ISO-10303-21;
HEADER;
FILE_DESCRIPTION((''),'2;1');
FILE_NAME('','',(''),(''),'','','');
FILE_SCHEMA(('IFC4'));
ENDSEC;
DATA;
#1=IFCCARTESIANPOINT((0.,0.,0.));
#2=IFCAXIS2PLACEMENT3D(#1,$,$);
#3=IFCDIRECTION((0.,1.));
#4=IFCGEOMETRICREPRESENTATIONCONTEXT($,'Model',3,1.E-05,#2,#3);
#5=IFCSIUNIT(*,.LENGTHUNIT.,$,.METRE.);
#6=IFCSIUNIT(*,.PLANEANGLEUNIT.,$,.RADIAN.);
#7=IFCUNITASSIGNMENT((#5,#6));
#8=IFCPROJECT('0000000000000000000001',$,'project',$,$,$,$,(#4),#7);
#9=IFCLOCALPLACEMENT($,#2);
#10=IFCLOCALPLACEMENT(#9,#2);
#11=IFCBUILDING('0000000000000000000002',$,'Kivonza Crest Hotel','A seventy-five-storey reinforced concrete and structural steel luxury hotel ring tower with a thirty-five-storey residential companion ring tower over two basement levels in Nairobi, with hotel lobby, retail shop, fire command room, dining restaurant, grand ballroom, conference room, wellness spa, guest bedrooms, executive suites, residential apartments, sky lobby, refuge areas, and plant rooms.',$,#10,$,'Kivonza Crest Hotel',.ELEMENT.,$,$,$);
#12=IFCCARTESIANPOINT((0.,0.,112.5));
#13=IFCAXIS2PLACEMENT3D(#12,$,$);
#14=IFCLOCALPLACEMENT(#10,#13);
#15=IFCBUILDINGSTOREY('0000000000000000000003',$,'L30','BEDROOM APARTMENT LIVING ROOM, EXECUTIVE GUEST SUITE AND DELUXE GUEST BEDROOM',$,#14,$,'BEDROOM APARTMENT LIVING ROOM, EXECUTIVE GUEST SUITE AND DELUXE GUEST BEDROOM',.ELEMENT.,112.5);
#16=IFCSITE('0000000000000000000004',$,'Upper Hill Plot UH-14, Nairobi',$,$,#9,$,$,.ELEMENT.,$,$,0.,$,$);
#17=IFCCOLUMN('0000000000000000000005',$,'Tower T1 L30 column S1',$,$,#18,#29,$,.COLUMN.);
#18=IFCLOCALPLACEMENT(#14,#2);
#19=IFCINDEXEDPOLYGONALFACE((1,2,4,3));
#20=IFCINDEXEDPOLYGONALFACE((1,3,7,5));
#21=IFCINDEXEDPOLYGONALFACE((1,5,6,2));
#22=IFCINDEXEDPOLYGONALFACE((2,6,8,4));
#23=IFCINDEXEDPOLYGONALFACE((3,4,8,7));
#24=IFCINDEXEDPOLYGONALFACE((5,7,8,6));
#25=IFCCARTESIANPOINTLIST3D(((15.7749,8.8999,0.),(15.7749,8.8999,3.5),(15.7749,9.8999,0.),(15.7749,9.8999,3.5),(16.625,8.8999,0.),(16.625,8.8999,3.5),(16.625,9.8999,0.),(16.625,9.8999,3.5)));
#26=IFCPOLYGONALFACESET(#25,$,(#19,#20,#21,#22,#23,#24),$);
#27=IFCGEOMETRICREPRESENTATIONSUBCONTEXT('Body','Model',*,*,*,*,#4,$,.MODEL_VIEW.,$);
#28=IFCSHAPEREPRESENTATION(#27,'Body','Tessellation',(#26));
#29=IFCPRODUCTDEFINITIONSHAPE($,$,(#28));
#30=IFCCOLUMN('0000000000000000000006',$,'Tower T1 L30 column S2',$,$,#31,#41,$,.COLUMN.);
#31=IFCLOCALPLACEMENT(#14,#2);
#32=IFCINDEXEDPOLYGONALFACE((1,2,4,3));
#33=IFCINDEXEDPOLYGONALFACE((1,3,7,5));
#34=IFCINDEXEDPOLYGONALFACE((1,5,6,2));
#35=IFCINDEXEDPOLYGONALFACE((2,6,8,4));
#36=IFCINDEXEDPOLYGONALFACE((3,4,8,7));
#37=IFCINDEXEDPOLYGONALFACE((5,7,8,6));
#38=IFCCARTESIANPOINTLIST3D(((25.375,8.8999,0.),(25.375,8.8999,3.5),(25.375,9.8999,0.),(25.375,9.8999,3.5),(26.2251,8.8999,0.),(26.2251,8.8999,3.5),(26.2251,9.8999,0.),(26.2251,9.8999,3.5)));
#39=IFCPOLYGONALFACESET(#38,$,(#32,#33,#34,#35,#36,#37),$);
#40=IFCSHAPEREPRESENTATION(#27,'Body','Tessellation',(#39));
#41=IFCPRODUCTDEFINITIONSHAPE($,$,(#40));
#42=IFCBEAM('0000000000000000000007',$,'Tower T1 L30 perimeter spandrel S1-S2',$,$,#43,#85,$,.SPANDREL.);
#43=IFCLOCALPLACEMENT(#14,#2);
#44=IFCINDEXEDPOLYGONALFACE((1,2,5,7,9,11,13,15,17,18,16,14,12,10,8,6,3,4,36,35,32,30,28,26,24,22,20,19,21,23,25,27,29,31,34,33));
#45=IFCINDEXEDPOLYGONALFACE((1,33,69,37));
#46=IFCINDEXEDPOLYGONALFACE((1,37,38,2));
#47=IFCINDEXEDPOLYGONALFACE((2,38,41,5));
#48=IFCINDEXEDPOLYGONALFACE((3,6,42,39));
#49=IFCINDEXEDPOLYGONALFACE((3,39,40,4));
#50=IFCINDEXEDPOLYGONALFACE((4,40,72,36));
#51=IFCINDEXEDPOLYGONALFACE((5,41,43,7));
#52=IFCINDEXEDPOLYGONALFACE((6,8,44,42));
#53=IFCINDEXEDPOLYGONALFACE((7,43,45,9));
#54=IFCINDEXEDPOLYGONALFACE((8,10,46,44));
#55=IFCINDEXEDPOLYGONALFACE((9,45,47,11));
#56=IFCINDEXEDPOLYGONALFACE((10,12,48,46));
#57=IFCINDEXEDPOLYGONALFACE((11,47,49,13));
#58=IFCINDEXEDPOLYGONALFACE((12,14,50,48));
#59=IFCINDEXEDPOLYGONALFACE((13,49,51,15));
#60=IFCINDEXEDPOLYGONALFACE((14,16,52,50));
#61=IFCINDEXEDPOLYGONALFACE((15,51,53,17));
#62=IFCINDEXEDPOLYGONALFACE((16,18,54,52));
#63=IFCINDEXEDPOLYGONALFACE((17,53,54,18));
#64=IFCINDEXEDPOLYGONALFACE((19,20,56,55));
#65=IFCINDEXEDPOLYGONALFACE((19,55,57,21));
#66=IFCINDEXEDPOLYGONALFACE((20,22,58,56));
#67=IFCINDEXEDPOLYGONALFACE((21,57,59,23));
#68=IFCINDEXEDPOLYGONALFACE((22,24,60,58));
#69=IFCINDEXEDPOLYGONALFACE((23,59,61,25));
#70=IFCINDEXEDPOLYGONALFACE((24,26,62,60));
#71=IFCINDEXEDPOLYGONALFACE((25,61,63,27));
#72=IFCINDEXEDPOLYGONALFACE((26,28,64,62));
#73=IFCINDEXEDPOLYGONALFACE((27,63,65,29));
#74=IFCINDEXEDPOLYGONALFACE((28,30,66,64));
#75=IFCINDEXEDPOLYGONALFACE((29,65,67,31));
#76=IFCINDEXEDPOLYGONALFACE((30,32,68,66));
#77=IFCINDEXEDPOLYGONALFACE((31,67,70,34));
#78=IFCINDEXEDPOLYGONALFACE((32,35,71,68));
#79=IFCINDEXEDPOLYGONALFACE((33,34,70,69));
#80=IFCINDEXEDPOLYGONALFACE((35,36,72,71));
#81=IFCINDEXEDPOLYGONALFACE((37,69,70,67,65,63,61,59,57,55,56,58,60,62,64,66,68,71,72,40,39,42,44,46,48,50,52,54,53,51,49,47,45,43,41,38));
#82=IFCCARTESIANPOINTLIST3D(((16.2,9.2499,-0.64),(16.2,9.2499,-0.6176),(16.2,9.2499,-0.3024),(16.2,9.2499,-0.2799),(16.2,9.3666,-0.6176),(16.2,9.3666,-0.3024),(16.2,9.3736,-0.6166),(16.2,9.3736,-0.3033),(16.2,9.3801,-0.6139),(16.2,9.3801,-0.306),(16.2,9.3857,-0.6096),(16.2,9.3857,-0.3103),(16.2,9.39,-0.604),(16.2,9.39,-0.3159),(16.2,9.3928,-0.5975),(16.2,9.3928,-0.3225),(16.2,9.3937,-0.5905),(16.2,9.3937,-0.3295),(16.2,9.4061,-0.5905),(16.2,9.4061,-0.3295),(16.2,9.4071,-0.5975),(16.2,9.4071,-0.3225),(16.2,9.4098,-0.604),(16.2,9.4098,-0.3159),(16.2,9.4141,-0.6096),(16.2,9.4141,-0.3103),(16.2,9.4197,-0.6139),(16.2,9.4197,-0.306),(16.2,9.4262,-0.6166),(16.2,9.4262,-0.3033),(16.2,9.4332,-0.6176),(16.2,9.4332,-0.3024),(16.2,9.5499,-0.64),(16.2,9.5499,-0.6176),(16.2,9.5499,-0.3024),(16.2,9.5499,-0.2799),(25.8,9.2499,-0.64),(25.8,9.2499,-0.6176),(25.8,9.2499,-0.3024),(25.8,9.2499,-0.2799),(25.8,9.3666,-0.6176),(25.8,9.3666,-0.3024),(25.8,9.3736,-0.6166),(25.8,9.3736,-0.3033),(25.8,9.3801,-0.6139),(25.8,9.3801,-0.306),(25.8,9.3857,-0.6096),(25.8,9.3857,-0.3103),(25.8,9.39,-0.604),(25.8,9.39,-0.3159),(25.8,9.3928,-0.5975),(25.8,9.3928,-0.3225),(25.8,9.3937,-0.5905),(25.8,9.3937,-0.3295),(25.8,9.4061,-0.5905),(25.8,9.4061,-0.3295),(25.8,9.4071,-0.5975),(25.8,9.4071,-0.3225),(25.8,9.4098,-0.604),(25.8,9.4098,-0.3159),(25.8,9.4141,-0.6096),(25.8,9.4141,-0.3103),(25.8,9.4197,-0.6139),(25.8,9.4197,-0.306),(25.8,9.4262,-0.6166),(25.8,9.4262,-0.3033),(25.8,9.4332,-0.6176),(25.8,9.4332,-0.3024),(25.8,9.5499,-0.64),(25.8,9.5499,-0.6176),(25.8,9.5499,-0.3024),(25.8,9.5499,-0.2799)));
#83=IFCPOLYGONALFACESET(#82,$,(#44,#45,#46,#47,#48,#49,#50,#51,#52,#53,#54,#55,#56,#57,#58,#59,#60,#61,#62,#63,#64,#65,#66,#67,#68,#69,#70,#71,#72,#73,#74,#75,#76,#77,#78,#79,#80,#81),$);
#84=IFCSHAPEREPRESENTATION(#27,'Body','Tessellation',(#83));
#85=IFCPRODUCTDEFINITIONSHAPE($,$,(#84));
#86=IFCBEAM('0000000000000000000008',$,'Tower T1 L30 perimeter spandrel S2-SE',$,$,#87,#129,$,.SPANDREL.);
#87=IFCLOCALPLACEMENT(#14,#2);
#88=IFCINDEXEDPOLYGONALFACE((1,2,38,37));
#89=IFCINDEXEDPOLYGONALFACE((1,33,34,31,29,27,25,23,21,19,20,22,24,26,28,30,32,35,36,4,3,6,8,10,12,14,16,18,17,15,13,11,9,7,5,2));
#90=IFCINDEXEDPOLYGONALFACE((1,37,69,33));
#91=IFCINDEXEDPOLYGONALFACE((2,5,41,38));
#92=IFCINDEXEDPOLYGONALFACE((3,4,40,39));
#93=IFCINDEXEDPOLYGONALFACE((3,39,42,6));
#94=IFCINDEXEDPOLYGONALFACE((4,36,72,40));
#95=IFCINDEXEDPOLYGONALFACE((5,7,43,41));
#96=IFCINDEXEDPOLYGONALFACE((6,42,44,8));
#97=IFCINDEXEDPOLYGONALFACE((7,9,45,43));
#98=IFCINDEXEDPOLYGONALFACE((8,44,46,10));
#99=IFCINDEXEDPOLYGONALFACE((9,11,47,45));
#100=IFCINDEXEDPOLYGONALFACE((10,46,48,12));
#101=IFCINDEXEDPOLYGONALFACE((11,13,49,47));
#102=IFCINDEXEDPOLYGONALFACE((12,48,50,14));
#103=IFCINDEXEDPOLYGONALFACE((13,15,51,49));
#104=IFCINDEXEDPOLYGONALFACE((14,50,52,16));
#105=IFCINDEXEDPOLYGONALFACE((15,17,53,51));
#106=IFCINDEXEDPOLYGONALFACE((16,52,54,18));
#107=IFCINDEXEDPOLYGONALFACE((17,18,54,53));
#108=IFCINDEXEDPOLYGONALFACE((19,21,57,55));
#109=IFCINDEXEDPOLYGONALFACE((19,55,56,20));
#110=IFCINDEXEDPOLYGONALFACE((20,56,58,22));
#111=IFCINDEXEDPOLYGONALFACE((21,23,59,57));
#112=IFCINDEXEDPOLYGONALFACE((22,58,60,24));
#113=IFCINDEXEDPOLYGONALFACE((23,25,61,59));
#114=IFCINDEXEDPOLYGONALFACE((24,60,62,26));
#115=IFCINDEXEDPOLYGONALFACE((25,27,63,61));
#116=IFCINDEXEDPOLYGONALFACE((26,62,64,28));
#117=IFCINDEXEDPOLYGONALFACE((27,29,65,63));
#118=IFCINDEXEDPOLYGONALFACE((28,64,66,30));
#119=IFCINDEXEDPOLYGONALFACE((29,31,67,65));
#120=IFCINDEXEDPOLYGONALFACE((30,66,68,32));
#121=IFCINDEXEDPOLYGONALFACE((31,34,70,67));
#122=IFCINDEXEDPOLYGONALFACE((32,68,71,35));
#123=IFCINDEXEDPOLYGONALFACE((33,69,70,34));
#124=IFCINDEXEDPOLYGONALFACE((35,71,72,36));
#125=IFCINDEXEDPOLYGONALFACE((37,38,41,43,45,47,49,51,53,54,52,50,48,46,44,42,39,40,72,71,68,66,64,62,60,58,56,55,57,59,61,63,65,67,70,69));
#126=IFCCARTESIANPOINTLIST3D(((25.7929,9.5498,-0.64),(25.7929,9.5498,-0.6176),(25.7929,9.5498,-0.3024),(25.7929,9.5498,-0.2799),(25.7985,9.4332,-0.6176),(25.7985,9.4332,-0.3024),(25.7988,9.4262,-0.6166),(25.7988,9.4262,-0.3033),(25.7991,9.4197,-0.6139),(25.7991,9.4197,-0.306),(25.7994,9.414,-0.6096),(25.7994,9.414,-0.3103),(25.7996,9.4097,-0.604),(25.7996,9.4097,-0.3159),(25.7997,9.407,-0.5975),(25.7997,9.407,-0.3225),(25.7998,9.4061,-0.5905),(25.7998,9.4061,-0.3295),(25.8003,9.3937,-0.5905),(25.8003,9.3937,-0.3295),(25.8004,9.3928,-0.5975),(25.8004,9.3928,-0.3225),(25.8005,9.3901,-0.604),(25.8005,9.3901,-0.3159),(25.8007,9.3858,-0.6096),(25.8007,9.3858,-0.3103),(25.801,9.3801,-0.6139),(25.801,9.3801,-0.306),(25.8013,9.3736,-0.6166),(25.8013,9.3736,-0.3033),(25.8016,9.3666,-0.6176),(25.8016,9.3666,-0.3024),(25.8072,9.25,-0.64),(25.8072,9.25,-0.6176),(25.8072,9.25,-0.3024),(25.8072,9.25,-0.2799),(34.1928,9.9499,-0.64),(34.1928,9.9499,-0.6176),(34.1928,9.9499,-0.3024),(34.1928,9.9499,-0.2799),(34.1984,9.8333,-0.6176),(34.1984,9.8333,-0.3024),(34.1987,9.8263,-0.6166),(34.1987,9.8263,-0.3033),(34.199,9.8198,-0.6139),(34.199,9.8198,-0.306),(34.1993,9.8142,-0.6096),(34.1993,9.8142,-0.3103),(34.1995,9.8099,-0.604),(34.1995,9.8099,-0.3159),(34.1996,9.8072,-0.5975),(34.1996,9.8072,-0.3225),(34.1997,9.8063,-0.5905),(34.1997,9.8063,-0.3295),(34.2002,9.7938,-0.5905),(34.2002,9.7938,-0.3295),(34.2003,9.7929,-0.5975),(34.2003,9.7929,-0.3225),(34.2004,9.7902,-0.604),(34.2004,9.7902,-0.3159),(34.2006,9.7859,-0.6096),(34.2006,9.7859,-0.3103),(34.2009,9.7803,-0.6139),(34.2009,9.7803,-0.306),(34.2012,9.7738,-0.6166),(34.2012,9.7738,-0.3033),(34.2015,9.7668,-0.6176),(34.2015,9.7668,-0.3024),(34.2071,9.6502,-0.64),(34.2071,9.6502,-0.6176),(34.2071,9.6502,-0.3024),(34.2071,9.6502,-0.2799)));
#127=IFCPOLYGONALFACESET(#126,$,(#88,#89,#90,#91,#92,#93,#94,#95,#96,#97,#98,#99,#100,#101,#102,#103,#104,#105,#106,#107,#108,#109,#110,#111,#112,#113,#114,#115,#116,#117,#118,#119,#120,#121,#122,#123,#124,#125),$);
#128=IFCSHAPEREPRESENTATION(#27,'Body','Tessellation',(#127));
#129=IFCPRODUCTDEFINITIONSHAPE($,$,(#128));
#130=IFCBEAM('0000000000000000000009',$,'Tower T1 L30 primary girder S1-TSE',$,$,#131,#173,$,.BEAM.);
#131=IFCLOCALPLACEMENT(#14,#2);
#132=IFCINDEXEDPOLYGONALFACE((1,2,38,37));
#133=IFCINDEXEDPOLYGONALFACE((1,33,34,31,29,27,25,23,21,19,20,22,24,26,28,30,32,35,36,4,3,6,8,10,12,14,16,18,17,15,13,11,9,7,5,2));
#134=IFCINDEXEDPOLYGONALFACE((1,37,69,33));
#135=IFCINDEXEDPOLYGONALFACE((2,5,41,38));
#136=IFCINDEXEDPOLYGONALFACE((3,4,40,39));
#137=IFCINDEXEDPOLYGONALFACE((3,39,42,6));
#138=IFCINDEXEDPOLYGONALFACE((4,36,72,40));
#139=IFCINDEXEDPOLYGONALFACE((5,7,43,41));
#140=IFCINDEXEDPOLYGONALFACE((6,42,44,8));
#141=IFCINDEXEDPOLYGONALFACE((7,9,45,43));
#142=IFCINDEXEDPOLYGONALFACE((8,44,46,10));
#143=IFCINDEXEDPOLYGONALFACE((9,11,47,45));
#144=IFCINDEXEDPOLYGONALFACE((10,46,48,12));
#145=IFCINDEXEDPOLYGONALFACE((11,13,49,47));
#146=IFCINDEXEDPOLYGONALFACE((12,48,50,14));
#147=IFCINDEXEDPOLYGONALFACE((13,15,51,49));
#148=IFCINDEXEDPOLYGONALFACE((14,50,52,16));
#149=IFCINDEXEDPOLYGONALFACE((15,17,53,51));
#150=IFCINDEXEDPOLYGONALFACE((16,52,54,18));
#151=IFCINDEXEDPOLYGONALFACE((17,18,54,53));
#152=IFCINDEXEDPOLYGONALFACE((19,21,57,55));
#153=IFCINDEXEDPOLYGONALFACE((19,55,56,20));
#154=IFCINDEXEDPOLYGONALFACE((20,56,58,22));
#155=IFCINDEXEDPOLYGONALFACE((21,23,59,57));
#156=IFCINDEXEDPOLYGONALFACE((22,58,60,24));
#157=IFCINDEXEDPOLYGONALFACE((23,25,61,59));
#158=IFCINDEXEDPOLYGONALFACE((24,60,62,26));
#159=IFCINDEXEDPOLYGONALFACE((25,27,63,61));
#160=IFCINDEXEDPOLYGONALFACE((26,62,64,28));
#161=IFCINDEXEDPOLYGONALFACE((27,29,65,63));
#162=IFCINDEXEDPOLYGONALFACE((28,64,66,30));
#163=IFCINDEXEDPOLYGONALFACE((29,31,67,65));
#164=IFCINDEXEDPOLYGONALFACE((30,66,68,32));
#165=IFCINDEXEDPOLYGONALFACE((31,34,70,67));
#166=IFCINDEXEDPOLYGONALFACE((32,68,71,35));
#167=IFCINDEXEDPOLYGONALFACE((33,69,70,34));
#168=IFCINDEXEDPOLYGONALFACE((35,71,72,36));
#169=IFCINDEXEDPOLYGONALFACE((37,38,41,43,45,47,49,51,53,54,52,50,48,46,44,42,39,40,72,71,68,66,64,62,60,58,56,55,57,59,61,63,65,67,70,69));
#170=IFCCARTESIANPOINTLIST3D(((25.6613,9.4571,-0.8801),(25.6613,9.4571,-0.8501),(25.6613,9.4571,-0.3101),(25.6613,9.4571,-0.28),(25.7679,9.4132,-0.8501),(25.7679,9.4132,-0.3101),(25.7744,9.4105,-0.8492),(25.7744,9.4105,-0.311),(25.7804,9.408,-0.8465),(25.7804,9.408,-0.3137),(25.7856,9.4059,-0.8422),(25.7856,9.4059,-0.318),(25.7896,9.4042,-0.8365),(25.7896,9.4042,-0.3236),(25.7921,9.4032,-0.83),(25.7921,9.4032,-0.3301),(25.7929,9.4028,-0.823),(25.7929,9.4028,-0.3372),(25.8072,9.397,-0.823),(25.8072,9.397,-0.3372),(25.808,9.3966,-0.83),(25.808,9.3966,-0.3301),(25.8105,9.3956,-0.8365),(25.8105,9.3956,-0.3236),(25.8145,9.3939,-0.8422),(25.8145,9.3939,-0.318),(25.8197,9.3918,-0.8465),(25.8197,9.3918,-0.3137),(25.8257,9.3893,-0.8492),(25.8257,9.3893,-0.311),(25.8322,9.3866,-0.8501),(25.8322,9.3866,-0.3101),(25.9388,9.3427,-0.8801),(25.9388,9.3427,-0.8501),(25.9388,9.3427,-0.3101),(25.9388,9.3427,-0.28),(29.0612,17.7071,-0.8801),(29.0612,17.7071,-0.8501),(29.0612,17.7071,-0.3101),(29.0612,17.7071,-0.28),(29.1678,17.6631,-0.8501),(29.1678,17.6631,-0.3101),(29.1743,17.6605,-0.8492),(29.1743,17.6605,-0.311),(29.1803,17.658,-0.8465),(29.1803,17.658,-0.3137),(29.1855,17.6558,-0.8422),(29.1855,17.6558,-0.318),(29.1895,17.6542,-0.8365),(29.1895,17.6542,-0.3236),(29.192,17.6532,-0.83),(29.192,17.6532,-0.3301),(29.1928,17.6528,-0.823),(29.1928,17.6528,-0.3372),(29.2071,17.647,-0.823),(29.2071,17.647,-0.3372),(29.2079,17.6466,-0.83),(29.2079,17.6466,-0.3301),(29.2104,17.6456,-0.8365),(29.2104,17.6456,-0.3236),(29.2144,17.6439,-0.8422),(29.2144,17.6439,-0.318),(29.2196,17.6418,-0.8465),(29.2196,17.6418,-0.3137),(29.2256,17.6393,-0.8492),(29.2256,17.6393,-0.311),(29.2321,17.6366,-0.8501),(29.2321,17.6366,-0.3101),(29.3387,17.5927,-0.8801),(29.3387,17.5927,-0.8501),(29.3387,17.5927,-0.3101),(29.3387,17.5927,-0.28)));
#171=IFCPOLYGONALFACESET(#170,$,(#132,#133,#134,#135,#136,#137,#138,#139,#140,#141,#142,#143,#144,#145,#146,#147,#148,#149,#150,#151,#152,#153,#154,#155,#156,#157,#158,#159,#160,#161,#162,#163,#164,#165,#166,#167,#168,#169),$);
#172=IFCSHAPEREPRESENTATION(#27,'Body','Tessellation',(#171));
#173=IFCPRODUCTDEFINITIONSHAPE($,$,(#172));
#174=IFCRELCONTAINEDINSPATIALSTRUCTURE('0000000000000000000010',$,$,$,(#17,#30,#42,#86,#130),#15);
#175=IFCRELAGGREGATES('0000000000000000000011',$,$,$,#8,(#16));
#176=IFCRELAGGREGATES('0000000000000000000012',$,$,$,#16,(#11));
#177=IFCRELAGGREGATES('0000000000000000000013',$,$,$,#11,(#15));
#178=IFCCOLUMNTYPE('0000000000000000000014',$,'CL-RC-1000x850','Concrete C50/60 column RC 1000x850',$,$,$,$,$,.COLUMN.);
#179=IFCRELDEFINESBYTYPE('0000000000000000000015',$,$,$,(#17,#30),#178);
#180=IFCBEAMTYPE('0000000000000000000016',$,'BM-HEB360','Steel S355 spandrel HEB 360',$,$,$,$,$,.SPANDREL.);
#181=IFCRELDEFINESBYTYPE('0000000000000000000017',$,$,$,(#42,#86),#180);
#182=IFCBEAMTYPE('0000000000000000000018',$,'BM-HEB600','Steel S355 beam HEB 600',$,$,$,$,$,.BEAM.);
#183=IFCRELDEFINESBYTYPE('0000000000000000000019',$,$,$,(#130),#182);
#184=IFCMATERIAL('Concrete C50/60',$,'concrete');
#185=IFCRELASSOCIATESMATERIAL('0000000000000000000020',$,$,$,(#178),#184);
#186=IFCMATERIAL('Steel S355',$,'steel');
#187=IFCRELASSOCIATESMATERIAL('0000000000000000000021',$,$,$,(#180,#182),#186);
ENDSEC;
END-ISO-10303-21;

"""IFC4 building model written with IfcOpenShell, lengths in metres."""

from ifc_helpers import new_model, si_unit, direction, frame, origin, origin_2d, place, context, subcontext, project, spatial, rectangle, i_section, extrude, material, material_profile, profile_set, type_object, element, save


model = new_model("IFC4")

# Units and contexts
model_context = context("Model", 3, precision=1e-05, world=origin(), true_north=direction((0.0, 1.0)))
body_context = subcontext(model_context, "Body", "Model", "MODEL_VIEW")
ifc_project = project(units=[si_unit("LENGTHUNIT", "METRE"), si_unit("PLANEANGLEUNIT", "RADIAN")], contexts=[model_context])

# Site, building, storey
site_placement = place(None, origin())
site = spatial("IfcSite", under=ifc_project, at=site_placement, Name="Upper Hill Plot UH-14, Nairobi", CompositionType="ELEMENT", RefElevation=0.0)
building_placement = place(site_placement, origin())
building = spatial("IfcBuilding", under=site, at=building_placement, Name="Kivonza Crest Hotel", Description="A seventy-five-storey reinforced concrete and structural steel luxury hotel ring tower with a thirty-five-storey residential companion ring tower over two basement levels in Nairobi, with hotel lobby, retail shop, fire command room, dining restaurant, grand ballroom, conference room, wellness spa, guest bedrooms, executive suites, residential apartments, sky lobby, refuge areas, and plant rooms.", LongName="Kivonza Crest Hotel", CompositionType="ELEMENT")
storey_placement = place(building_placement, frame((0.0, 0.0, 112.5)))
storey = spatial("IfcBuildingStorey", under=building, at=storey_placement, Name="L30", Description="BEDROOM APARTMENT LIVING ROOM, EXECUTIVE GUEST SUITE AND DELUXE GUEST BEDROOM", LongName="BEDROOM APARTMENT LIVING ROOM, EXECUTIVE GUEST SUITE AND DELUXE GUEST BEDROOM", CompositionType="ELEMENT", Elevation=112.5)

# Columns
ifc_material_1 = material(Name="Concrete C50/60", Category="concrete")
ifc_material_profile_1 = material_profile(ifc_material_1, rectangle(XDim=0.8501, YDim=1.0, at=origin_2d()), Name="RC 1000x850")
ifc_profile_set_1 = profile_set([ifc_material_profile_1], Name="Concrete C50/60")
column_type = type_object("IfcColumnType", Name="CL-RC-1000x850", Description="Concrete C50/60 column RC 1000x850", PredefinedType="COLUMN", material=ifc_profile_set_1)
for number, where, z_axis, x_axis, name in (
    (1, (16.2, 9.3999, 0.0), (0.0, 0.0, 1.0), (1.0, 0.0, 0.0), "Tower T1 L30 column S1"),
    (2, (25.8, 9.3999, 0.0), (0.0, 0.0, 1.0), (1.0, 0.0, 0.0), "Tower T1 L30 column S2"),
):
    element("IfcColumn", number, at=place(storey_placement, frame(where, z_axis=z_axis, x_axis=x_axis)), inside=storey, type_object=column_type, Name=name, PredefinedType="COLUMN", context=body_context, shape_type="SweptSolid", body=[
        extrude(rectangle(XDim=0.8501, YDim=1.0, at=origin_2d()), origin(), (0.0, 0.0, 1.0), 3.5),
    ])

# Beams
ifc_material_2 = material(Name="Steel S355", Category="steel")
ifc_material_profile_2 = material_profile(ifc_material_2, i_section(OverallWidth=0.3, OverallDepth=0.3601, WebThickness=0.0125, FlangeThickness=0.0225, FilletRadius=0.0271, at=origin_2d()), Name="HEB 360")
ifc_profile_set_2 = profile_set([ifc_material_profile_2], Name="Steel S355")
beam_type_1 = type_object("IfcBeamType", Name="BM-HEB360", Description="Steel S355 spandrel HEB 360", PredefinedType="SPANDREL", material=ifc_profile_set_2)
beam_1_placement = place(storey_placement, frame((16.2, 9.3999, -0.46), z_axis=(1.0, 0.0, 0.0), x_axis=(0.0, 1.0, 0.0)))
element("IfcBeam", 3, at=beam_1_placement, inside=storey, type_object=beam_type_1, Name="Tower T1 L30 perimeter spandrel S1-S2", PredefinedType="SPANDREL", context=body_context, shape_type="SweptSolid", body=[
    extrude(i_section(OverallWidth=0.3, OverallDepth=0.3601, WebThickness=0.0125, FlangeThickness=0.0225, FilletRadius=0.0271, at=origin_2d()), origin(), (0.0, 0.0, 1.0), 9.6001),
])
beam_2_placement = place(storey_placement, frame((25.8, 9.3999, -0.46), z_axis=(0.998867, 0.047583, 0.0), x_axis=(-0.047583, 0.998867, 0.0)))
element("IfcBeam", 4, at=beam_2_placement, inside=storey, type_object=beam_type_1, Name="Tower T1 L30 perimeter spandrel S2-SE", PredefinedType="SPANDREL", context=body_context, shape_type="SweptSolid", body=[
    extrude(i_section(OverallWidth=0.3, OverallDepth=0.3601, WebThickness=0.0125, FlangeThickness=0.0225, FilletRadius=0.0271, at=origin_2d()), origin(), (0.0, 0.0, 1.0), 8.4094),
])
ifc_material_profile_3 = material_profile(ifc_material_2, i_section(OverallWidth=0.3, OverallDepth=0.6001, WebThickness=0.0154, FlangeThickness=0.03, FilletRadius=0.0271, at=origin_2d()), Name="HEB 600")
ifc_profile_set_3 = profile_set([ifc_material_profile_3], Name="Steel S355")
beam_type_2 = type_object("IfcBeamType", Name="BM-HEB600", Description="Steel S355 beam HEB 600", PredefinedType="BEAM", material=ifc_profile_set_3)
beam_3_placement = place(storey_placement, frame((25.8, 9.3999, -0.5801), z_axis=(0.381022, 0.924566, 0.0), x_axis=(-0.924566, 0.381022, 0.0)))
element("IfcBeam", 5, at=beam_3_placement, inside=storey, type_object=beam_type_2, Name="Tower T1 L30 primary girder S1-TSE", PredefinedType="BEAM", context=body_context, shape_type="SweptSolid", body=[
    extrude(i_section(OverallWidth=0.3, OverallDepth=0.6001, WebThickness=0.0154, FlangeThickness=0.03, FilletRadius=0.0271, at=origin_2d()), origin(), (0.0, 0.0, 1.0), 8.9231),
])

save(model, "model.ifc")
